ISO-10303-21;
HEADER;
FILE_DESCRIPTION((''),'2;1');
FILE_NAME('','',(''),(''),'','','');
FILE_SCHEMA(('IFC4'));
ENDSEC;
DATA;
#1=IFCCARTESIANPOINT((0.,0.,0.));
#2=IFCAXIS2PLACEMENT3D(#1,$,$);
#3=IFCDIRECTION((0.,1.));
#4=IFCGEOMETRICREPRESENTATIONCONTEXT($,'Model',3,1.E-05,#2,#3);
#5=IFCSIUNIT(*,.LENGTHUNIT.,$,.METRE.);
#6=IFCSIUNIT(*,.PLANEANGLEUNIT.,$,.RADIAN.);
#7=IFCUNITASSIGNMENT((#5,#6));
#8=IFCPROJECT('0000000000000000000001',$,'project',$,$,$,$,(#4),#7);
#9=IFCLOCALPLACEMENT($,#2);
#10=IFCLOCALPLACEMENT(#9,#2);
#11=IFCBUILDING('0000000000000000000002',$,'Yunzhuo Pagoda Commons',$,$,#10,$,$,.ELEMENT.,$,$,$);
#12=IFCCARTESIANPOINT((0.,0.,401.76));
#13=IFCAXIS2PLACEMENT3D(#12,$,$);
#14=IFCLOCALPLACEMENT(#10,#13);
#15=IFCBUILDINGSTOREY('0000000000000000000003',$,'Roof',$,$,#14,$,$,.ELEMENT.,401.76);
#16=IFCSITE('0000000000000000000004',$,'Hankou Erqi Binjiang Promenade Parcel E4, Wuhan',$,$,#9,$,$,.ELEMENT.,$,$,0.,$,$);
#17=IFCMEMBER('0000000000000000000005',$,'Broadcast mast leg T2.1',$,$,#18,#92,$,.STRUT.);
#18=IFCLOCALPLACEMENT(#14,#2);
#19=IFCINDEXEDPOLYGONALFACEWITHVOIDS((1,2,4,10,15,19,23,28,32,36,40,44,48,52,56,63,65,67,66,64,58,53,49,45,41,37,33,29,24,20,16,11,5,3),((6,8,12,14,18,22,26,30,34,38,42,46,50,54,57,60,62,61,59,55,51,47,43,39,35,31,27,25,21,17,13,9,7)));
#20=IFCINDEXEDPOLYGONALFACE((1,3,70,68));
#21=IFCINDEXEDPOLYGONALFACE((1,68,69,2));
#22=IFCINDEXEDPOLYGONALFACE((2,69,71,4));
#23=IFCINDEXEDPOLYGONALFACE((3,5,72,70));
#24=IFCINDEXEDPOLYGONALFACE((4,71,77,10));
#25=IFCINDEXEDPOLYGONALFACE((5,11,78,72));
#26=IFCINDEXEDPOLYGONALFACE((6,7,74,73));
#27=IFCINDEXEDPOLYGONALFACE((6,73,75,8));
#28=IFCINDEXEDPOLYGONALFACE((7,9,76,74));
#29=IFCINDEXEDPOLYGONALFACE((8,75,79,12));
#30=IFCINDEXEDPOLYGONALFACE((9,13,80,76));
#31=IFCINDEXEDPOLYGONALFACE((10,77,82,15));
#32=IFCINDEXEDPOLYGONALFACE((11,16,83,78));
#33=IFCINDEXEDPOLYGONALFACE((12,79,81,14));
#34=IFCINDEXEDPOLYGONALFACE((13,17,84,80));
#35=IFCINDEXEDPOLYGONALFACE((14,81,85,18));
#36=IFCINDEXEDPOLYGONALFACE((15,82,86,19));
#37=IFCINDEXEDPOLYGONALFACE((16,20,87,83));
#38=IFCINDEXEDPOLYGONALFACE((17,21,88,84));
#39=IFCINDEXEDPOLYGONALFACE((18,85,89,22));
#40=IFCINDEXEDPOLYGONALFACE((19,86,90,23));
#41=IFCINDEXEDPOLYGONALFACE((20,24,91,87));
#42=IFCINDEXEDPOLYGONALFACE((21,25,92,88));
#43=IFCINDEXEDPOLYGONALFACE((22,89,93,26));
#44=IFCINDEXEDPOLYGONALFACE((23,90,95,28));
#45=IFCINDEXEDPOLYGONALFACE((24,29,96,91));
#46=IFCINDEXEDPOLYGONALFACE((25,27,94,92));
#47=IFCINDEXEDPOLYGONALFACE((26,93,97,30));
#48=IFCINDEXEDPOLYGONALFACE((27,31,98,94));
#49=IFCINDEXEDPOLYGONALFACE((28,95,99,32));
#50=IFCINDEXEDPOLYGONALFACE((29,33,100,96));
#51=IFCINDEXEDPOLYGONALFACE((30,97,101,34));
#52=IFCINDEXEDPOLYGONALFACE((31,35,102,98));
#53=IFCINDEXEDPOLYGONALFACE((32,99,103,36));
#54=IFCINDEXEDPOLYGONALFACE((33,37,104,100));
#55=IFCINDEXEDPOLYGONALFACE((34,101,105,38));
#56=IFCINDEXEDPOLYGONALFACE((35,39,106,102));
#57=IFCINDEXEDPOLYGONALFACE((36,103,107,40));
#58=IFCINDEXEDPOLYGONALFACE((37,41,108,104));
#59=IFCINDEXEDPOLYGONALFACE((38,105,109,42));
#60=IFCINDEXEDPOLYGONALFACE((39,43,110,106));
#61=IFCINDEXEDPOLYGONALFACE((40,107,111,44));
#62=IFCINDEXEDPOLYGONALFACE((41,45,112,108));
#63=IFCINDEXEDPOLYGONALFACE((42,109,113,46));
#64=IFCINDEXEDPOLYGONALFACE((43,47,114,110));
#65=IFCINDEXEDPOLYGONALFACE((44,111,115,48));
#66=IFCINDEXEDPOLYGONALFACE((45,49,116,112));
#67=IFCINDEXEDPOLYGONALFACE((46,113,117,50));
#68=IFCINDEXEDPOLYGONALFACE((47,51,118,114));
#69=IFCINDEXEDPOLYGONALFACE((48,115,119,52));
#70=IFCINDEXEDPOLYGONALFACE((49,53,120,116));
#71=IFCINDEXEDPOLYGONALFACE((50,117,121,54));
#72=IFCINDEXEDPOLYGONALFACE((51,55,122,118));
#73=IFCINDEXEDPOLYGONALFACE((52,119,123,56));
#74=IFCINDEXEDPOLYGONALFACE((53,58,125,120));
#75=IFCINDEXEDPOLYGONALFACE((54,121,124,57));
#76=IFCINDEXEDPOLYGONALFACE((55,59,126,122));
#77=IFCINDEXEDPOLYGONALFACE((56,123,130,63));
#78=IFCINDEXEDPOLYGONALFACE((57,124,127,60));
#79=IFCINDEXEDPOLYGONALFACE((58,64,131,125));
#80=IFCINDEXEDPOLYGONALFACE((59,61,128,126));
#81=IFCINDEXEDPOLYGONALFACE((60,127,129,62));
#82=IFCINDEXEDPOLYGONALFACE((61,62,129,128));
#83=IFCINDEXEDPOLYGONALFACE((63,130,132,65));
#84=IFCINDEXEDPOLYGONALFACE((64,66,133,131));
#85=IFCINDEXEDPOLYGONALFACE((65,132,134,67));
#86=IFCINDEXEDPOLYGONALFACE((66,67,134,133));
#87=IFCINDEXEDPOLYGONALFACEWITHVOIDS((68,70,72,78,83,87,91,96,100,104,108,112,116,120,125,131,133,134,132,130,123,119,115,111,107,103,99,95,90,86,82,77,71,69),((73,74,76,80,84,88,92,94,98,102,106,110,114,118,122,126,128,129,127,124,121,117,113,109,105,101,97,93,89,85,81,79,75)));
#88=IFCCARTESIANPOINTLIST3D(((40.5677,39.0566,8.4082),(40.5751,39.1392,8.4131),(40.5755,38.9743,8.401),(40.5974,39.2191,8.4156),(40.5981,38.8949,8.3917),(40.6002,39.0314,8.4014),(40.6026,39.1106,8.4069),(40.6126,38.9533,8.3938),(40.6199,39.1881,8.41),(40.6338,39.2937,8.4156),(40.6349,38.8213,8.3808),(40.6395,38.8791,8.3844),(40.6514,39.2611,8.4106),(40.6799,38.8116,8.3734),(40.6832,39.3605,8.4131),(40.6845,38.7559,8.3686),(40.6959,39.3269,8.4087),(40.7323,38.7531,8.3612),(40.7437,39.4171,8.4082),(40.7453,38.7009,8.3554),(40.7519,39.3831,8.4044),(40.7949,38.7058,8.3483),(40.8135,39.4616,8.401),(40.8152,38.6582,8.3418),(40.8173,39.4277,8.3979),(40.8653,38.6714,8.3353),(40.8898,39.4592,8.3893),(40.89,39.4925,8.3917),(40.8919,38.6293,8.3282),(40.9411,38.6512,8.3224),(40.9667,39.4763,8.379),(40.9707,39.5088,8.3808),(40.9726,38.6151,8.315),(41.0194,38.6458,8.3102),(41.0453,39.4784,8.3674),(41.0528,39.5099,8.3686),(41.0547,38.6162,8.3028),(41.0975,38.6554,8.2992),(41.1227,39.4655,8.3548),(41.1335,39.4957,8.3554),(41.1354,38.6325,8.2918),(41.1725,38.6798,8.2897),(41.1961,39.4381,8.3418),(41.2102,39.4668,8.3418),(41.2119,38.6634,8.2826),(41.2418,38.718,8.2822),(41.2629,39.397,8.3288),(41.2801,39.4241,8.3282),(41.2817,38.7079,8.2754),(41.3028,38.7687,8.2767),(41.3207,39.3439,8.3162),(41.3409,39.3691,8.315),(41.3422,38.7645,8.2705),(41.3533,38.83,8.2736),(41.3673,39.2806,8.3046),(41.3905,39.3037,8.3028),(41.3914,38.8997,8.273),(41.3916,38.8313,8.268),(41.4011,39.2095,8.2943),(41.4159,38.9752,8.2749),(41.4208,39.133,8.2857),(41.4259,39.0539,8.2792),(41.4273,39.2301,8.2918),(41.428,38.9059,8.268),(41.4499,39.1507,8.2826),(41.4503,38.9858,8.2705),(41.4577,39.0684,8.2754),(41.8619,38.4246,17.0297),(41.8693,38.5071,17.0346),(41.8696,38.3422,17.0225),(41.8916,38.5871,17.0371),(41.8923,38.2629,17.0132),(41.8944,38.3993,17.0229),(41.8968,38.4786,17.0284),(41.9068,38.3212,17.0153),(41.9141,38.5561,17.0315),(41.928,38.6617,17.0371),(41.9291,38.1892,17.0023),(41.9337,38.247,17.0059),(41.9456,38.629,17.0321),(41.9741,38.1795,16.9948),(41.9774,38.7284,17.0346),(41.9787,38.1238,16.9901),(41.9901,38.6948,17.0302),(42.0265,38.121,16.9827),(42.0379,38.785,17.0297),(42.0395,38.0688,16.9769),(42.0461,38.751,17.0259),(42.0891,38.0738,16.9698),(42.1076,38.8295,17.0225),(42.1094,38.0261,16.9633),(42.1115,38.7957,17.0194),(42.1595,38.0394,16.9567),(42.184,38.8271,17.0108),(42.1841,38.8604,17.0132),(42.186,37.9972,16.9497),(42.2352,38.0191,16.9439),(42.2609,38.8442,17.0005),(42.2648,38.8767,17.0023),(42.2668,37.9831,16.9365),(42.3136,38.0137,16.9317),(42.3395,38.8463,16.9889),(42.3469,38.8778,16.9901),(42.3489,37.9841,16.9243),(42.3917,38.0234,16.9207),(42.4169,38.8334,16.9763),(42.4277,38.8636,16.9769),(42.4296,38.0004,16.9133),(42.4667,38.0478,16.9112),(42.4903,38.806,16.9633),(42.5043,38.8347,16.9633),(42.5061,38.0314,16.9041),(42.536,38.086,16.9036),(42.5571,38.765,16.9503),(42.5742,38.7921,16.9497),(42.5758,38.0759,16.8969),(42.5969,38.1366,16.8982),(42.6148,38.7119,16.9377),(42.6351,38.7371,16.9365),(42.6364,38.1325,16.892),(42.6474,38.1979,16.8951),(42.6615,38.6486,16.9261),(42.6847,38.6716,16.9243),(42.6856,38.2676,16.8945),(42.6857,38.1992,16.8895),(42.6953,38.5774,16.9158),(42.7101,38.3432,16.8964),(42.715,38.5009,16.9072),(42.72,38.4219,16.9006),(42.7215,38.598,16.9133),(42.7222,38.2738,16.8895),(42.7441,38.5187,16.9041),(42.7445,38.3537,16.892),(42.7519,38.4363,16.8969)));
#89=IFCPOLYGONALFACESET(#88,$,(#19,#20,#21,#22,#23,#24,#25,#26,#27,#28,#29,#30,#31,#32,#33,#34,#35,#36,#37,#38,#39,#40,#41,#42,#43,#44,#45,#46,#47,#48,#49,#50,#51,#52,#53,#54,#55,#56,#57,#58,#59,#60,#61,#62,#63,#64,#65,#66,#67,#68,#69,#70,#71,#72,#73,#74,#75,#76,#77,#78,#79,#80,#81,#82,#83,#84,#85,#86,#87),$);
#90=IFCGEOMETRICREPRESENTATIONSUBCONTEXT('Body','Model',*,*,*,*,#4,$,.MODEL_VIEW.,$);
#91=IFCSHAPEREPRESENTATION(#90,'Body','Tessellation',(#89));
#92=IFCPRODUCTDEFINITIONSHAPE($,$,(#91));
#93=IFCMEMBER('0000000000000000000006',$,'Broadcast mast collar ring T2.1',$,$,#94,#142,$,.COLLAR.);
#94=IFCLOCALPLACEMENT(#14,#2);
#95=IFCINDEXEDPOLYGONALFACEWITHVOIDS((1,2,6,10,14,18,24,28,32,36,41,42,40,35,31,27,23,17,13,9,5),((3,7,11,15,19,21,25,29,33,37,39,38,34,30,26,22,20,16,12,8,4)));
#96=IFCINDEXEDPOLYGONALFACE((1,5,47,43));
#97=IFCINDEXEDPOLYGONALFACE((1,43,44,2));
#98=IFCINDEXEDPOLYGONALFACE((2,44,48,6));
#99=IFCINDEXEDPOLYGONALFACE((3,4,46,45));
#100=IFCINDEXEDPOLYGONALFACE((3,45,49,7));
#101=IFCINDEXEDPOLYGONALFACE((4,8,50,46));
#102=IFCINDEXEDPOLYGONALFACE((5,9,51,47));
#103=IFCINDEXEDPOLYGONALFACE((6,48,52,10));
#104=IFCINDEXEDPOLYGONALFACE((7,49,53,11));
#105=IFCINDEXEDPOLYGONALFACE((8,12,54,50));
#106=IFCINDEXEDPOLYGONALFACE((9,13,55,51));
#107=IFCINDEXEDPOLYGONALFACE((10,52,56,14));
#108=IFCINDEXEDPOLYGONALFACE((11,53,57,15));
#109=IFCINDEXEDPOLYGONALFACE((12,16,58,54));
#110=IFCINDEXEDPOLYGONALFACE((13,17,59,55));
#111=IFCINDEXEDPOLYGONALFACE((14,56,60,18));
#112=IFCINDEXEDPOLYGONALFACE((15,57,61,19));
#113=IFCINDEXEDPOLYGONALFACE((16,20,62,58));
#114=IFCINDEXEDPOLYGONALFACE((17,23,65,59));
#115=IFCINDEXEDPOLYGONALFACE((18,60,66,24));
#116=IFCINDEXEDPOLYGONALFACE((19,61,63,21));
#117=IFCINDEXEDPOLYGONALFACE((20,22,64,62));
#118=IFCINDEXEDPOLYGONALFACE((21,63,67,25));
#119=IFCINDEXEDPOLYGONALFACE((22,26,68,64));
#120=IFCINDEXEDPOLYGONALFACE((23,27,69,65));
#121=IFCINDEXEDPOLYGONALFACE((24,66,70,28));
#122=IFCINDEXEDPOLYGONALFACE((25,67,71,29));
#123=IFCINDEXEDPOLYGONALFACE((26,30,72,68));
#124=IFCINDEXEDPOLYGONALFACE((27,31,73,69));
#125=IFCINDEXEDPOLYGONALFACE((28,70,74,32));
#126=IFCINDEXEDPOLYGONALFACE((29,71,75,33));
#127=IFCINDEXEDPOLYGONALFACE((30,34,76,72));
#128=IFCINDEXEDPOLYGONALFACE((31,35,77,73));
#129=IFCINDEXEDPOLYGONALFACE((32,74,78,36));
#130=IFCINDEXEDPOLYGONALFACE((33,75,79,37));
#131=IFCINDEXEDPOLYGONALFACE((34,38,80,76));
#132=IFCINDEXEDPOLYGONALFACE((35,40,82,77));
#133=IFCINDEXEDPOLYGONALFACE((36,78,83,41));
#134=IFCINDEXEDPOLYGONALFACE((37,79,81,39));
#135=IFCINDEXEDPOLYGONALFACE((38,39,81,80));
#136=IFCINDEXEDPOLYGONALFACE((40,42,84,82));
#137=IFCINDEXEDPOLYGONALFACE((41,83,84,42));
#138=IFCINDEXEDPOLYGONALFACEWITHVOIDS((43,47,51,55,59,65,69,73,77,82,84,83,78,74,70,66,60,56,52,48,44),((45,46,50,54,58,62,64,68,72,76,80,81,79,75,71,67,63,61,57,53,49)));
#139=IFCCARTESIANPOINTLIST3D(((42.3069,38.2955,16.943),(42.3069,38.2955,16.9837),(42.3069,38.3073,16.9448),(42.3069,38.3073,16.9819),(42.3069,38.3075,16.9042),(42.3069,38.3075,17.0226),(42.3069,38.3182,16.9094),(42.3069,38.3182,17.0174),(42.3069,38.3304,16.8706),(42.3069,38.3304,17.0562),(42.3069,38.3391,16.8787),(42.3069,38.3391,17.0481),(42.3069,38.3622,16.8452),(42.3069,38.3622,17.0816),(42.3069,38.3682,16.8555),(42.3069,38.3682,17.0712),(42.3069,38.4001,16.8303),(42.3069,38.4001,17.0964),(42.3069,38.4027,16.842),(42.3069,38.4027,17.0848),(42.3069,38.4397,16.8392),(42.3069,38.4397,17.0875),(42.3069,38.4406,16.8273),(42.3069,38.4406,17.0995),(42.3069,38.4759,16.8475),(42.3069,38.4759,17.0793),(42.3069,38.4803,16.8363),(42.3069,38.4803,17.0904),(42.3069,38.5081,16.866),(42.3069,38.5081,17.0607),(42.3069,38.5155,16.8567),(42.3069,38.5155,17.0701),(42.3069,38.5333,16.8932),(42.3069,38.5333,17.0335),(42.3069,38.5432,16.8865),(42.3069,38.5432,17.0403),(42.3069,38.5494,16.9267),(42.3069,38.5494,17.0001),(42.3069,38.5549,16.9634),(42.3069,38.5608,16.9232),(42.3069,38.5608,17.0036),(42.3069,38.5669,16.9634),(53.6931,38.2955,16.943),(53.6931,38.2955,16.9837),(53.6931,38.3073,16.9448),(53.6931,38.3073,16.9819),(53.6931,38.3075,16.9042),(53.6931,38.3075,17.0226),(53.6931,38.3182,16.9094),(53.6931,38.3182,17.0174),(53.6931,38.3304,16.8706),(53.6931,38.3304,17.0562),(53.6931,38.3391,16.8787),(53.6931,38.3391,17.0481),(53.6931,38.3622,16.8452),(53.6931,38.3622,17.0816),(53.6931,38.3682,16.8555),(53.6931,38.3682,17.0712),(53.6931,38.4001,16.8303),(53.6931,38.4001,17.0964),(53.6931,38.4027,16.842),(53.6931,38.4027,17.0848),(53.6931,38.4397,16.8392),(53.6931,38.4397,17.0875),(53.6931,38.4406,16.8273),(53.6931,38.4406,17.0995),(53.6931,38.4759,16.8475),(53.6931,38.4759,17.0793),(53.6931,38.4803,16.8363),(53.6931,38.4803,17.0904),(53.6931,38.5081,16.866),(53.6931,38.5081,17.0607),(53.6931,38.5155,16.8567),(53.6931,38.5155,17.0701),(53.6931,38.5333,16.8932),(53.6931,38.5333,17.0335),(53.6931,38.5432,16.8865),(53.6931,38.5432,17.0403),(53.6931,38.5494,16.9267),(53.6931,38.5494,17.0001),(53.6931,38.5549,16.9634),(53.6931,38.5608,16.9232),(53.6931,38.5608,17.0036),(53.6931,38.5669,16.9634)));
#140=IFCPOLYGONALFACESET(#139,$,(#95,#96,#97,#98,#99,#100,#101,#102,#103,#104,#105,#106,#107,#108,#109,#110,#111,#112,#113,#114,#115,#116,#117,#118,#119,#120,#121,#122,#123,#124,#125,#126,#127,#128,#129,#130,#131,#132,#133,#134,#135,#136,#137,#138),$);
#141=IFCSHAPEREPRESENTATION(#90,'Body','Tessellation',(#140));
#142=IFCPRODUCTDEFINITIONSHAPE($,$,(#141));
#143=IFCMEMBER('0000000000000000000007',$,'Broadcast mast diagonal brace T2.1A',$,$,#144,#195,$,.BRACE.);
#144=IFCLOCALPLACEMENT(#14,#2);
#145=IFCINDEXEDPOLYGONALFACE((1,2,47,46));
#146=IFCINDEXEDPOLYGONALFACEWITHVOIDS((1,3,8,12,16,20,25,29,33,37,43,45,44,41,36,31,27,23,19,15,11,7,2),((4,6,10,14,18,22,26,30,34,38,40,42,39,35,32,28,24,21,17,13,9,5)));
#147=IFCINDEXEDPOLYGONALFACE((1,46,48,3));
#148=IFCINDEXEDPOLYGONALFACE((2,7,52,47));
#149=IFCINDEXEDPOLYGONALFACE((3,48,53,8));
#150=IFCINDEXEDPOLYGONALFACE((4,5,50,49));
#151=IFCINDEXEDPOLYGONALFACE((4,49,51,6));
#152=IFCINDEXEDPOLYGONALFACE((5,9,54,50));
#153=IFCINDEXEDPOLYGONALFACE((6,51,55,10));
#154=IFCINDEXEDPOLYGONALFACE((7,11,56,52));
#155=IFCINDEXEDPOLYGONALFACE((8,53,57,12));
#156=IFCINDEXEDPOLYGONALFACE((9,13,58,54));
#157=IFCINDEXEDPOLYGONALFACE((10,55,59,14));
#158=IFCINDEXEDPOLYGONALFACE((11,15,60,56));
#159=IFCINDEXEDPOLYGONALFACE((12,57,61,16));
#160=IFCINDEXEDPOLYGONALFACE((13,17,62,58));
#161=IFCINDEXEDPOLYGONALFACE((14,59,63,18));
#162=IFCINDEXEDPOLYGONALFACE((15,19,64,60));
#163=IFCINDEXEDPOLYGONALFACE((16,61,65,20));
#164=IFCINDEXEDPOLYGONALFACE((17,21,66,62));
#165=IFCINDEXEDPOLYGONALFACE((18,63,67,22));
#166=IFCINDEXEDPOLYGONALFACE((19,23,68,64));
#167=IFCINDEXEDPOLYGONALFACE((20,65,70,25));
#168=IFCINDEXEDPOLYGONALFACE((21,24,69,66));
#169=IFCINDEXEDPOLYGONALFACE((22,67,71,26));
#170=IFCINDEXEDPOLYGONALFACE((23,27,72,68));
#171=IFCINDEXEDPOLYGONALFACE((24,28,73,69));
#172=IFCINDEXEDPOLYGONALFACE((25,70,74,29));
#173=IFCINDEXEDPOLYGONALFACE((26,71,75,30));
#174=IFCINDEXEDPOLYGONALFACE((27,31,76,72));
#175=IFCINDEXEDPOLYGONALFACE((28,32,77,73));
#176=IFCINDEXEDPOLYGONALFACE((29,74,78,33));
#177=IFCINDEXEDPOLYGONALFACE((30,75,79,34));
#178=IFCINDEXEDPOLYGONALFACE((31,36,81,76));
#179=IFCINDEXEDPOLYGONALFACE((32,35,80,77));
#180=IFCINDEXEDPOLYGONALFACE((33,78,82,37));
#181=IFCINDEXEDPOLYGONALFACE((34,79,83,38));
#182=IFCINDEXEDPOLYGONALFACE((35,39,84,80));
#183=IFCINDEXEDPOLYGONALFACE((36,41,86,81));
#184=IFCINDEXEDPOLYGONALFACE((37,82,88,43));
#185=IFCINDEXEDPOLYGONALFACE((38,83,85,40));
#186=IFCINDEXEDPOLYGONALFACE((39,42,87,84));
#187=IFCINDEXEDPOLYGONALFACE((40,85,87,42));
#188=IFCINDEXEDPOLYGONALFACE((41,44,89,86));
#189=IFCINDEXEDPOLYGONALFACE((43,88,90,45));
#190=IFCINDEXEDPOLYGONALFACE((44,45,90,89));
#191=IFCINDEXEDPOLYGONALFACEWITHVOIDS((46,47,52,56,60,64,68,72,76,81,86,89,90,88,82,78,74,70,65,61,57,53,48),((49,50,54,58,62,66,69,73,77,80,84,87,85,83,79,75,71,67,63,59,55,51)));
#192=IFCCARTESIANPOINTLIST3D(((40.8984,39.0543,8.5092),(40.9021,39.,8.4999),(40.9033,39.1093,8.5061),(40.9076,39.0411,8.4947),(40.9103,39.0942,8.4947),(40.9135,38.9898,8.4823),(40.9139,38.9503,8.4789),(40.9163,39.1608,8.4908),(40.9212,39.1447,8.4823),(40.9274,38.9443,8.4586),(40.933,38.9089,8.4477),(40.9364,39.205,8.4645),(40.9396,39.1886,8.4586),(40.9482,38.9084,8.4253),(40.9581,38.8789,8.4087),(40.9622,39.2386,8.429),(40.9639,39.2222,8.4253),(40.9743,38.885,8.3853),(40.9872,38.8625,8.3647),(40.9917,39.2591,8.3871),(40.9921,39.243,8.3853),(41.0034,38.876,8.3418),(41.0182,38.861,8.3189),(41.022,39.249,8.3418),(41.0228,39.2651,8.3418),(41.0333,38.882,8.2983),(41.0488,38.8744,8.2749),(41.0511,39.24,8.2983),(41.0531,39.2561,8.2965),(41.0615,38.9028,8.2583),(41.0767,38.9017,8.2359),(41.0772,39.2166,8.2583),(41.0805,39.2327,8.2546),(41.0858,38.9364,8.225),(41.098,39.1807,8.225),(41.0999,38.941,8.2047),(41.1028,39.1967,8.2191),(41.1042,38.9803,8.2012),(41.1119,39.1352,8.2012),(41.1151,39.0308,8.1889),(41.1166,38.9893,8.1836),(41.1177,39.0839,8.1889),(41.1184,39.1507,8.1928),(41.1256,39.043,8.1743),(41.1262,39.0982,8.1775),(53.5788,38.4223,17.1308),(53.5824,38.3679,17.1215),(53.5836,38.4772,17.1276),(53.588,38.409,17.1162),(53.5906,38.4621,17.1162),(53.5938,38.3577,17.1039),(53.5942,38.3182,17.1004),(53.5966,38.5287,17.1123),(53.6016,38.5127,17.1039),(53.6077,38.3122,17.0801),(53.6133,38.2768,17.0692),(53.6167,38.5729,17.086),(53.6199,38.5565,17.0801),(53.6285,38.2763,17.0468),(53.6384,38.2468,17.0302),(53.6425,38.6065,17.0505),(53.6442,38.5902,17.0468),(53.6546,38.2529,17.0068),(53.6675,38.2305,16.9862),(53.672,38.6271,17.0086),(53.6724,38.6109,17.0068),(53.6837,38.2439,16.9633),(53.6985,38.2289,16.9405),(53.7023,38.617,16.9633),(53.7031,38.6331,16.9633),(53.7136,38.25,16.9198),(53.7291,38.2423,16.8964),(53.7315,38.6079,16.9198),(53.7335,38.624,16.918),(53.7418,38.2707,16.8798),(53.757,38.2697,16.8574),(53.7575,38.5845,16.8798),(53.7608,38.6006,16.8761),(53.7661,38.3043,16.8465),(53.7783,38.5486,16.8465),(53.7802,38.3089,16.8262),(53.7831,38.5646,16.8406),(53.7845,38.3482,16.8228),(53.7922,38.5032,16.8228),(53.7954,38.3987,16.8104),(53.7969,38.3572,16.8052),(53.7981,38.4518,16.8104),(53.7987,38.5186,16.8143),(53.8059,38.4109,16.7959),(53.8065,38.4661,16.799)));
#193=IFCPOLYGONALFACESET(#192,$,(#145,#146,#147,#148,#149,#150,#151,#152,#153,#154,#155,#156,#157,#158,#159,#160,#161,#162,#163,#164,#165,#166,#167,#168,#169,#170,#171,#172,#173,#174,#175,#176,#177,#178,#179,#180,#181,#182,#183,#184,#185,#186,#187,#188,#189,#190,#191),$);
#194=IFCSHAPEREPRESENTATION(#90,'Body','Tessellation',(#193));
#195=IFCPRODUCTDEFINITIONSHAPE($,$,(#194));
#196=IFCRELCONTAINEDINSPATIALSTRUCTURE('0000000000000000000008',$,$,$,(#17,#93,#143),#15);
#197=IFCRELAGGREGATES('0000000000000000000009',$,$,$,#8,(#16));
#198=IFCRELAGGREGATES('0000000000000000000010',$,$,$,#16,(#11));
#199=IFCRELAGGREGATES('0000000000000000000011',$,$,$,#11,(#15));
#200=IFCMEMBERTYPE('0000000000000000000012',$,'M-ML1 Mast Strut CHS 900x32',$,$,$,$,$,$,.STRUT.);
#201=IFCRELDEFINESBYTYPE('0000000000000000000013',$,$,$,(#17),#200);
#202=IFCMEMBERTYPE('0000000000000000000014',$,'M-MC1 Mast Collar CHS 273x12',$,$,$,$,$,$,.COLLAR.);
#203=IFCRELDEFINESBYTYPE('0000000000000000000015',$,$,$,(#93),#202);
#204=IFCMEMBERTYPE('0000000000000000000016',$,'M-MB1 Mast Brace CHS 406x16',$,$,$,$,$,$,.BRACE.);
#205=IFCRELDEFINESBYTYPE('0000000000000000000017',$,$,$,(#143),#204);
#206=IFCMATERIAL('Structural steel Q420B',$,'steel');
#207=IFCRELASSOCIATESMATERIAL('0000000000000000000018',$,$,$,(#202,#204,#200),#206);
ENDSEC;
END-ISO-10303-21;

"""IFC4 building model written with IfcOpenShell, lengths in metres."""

from ifc_helpers import new_model, si_unit, direction, frame, origin, origin_2d, place, context, subcontext, project, spatial, hollow_circle, extrude, source, transform, mapped, material, material_profile, profile_set, type_object, element, save


model = new_model("IFC4")

# Units and contexts
model_context = context("Model", 3, precision=1e-05, world=origin(), true_north=direction((0.0, 1.0)))
body_context = subcontext(model_context, "Body", "Model", "MODEL_VIEW")
ifc_project = project(units=[si_unit("LENGTHUNIT", "METRE"), si_unit("PLANEANGLEUNIT", "RADIAN")], contexts=[model_context])

# Site, building, storey
site_placement = place(None, origin())
site = spatial("IfcSite", under=ifc_project, at=site_placement, Name="Hankou Erqi Binjiang Promenade Parcel E4, Wuhan", CompositionType="ELEMENT", RefElevation=0.0)
building_placement = place(site_placement, origin())
building = spatial("IfcBuilding", under=site, at=building_placement, Name="Yunzhuo Pagoda Commons", CompositionType="ELEMENT")
storey_placement = place(building_placement, frame((0.0, 0.0, 401.76)))
storey = spatial("IfcBuildingStorey", under=building, at=storey_placement, Name="Roof", CompositionType="ELEMENT", Elevation=401.76)

# Members
ifc_material_1 = material(Name="Structural steel Q420B", Category="steel")
ifc_material_profile_1 = material_profile(ifc_material_1, hollow_circle(Radius=0.1365, WallThickness=0.012, at=origin_2d()), Name="Structural steel Q420B")
ifc_profile_set_1 = profile_set([ifc_material_profile_1], Name="Structural steel Q420B")
member_type_1 = type_object("IfcMemberType", Name="M-MC1 Mast Collar CHS 273x12", PredefinedType="COLLAR", material=ifc_profile_set_1)
ifc_material_profile_2 = material_profile(ifc_material_1, hollow_circle(Radius=0.2029, WallThickness=0.0161, at=origin_2d()), Name="Structural steel Q420B")
ifc_profile_set_2 = profile_set([ifc_material_profile_2], Name="Structural steel Q420B")
member_type_2 = type_object("IfcMemberType", Name="M-MB1 Mast Brace CHS 406x16", PredefinedType="BRACE", material=ifc_profile_set_2)
ifc_material_profile_3 = material_profile(ifc_material_1, hollow_circle(Radius=0.45, WallThickness=0.032, at=origin_2d()), Name="Structural steel Q420B")
ifc_profile_set_3 = profile_set([ifc_material_profile_3], Name="Structural steel Q420B")
member_type_3 = type_object("IfcMemberType", Name="M-ML1 Mast Strut CHS 900x32", PredefinedType="STRUT", material=ifc_profile_set_3)
shared_shape_1 = source(origin(), body_context, "Body", "SweptSolid", [
    extrude(hollow_circle(Radius=0.45, WallThickness=0.032, at=origin_2d()), origin(), (0.0, 0.0, 1.0), 8.741),
])
member_1_placement = place(storey_placement, frame((41.0127, 39.0625, 8.3418), z_axis=(0.148059, -0.072312, 0.986331), x_axis=(0.438854, 0.898558, 0.0)))
element("IfcMember", 1, at=member_1_placement, inside=storey, type_object=member_type_3, Name="Broadcast mast leg T2.1", PredefinedType="STRUT", context=body_context, shape_type="MappedRepresentation", body=[
    mapped(shared_shape_1, transform((0.0, 0.0, 0.0), scale=1.0)),
])
shared_shape_2 = source(origin(), body_context, "Body", "SweptSolid", [
    extrude(hollow_circle(Radius=0.1365, WallThickness=0.012, at=origin_2d()), origin(), (0.0, 0.0, 1.0), 11.3862),
])
member_2_placement = place(storey_placement, frame((42.3069, 38.4304, 16.9634), z_axis=(1.0, 0.0, 0.0), x_axis=(0.0, 1.0, 0.0)))
element("IfcMember", 2, at=member_2_placement, inside=storey, type_object=member_type_1, Name="Broadcast mast collar ring T2.1", PredefinedType="COLLAR", context=body_context, shape_type="MappedRepresentation", body=[
    mapped(shared_shape_2, transform((0.0, 0.0, 0.0), scale=1.0)),
])
shared_shape_3 = source(origin(), body_context, "Body", "SweptSolid", [
    extrude(hollow_circle(Radius=0.2029, WallThickness=0.0161, at=origin_2d()), origin(), (0.0, 0.0, 1.0), 15.3467),
])
member_3_placement = place(storey_placement, frame((41.0127, 39.0625, 8.3418), z_axis=(0.826258, -0.041186, 0.561784), x_axis=(0.049785, 0.99876, 0.0)))
element("IfcMember", 3, at=member_3_placement, inside=storey, type_object=member_type_2, Name="Broadcast mast diagonal brace T2.1A", PredefinedType="BRACE", context=body_context, shape_type="MappedRepresentation", body=[
    mapped(shared_shape_3, transform((0.0, 0.0, 0.0), scale=1.0)),
])

save(model, "model.ifc")
